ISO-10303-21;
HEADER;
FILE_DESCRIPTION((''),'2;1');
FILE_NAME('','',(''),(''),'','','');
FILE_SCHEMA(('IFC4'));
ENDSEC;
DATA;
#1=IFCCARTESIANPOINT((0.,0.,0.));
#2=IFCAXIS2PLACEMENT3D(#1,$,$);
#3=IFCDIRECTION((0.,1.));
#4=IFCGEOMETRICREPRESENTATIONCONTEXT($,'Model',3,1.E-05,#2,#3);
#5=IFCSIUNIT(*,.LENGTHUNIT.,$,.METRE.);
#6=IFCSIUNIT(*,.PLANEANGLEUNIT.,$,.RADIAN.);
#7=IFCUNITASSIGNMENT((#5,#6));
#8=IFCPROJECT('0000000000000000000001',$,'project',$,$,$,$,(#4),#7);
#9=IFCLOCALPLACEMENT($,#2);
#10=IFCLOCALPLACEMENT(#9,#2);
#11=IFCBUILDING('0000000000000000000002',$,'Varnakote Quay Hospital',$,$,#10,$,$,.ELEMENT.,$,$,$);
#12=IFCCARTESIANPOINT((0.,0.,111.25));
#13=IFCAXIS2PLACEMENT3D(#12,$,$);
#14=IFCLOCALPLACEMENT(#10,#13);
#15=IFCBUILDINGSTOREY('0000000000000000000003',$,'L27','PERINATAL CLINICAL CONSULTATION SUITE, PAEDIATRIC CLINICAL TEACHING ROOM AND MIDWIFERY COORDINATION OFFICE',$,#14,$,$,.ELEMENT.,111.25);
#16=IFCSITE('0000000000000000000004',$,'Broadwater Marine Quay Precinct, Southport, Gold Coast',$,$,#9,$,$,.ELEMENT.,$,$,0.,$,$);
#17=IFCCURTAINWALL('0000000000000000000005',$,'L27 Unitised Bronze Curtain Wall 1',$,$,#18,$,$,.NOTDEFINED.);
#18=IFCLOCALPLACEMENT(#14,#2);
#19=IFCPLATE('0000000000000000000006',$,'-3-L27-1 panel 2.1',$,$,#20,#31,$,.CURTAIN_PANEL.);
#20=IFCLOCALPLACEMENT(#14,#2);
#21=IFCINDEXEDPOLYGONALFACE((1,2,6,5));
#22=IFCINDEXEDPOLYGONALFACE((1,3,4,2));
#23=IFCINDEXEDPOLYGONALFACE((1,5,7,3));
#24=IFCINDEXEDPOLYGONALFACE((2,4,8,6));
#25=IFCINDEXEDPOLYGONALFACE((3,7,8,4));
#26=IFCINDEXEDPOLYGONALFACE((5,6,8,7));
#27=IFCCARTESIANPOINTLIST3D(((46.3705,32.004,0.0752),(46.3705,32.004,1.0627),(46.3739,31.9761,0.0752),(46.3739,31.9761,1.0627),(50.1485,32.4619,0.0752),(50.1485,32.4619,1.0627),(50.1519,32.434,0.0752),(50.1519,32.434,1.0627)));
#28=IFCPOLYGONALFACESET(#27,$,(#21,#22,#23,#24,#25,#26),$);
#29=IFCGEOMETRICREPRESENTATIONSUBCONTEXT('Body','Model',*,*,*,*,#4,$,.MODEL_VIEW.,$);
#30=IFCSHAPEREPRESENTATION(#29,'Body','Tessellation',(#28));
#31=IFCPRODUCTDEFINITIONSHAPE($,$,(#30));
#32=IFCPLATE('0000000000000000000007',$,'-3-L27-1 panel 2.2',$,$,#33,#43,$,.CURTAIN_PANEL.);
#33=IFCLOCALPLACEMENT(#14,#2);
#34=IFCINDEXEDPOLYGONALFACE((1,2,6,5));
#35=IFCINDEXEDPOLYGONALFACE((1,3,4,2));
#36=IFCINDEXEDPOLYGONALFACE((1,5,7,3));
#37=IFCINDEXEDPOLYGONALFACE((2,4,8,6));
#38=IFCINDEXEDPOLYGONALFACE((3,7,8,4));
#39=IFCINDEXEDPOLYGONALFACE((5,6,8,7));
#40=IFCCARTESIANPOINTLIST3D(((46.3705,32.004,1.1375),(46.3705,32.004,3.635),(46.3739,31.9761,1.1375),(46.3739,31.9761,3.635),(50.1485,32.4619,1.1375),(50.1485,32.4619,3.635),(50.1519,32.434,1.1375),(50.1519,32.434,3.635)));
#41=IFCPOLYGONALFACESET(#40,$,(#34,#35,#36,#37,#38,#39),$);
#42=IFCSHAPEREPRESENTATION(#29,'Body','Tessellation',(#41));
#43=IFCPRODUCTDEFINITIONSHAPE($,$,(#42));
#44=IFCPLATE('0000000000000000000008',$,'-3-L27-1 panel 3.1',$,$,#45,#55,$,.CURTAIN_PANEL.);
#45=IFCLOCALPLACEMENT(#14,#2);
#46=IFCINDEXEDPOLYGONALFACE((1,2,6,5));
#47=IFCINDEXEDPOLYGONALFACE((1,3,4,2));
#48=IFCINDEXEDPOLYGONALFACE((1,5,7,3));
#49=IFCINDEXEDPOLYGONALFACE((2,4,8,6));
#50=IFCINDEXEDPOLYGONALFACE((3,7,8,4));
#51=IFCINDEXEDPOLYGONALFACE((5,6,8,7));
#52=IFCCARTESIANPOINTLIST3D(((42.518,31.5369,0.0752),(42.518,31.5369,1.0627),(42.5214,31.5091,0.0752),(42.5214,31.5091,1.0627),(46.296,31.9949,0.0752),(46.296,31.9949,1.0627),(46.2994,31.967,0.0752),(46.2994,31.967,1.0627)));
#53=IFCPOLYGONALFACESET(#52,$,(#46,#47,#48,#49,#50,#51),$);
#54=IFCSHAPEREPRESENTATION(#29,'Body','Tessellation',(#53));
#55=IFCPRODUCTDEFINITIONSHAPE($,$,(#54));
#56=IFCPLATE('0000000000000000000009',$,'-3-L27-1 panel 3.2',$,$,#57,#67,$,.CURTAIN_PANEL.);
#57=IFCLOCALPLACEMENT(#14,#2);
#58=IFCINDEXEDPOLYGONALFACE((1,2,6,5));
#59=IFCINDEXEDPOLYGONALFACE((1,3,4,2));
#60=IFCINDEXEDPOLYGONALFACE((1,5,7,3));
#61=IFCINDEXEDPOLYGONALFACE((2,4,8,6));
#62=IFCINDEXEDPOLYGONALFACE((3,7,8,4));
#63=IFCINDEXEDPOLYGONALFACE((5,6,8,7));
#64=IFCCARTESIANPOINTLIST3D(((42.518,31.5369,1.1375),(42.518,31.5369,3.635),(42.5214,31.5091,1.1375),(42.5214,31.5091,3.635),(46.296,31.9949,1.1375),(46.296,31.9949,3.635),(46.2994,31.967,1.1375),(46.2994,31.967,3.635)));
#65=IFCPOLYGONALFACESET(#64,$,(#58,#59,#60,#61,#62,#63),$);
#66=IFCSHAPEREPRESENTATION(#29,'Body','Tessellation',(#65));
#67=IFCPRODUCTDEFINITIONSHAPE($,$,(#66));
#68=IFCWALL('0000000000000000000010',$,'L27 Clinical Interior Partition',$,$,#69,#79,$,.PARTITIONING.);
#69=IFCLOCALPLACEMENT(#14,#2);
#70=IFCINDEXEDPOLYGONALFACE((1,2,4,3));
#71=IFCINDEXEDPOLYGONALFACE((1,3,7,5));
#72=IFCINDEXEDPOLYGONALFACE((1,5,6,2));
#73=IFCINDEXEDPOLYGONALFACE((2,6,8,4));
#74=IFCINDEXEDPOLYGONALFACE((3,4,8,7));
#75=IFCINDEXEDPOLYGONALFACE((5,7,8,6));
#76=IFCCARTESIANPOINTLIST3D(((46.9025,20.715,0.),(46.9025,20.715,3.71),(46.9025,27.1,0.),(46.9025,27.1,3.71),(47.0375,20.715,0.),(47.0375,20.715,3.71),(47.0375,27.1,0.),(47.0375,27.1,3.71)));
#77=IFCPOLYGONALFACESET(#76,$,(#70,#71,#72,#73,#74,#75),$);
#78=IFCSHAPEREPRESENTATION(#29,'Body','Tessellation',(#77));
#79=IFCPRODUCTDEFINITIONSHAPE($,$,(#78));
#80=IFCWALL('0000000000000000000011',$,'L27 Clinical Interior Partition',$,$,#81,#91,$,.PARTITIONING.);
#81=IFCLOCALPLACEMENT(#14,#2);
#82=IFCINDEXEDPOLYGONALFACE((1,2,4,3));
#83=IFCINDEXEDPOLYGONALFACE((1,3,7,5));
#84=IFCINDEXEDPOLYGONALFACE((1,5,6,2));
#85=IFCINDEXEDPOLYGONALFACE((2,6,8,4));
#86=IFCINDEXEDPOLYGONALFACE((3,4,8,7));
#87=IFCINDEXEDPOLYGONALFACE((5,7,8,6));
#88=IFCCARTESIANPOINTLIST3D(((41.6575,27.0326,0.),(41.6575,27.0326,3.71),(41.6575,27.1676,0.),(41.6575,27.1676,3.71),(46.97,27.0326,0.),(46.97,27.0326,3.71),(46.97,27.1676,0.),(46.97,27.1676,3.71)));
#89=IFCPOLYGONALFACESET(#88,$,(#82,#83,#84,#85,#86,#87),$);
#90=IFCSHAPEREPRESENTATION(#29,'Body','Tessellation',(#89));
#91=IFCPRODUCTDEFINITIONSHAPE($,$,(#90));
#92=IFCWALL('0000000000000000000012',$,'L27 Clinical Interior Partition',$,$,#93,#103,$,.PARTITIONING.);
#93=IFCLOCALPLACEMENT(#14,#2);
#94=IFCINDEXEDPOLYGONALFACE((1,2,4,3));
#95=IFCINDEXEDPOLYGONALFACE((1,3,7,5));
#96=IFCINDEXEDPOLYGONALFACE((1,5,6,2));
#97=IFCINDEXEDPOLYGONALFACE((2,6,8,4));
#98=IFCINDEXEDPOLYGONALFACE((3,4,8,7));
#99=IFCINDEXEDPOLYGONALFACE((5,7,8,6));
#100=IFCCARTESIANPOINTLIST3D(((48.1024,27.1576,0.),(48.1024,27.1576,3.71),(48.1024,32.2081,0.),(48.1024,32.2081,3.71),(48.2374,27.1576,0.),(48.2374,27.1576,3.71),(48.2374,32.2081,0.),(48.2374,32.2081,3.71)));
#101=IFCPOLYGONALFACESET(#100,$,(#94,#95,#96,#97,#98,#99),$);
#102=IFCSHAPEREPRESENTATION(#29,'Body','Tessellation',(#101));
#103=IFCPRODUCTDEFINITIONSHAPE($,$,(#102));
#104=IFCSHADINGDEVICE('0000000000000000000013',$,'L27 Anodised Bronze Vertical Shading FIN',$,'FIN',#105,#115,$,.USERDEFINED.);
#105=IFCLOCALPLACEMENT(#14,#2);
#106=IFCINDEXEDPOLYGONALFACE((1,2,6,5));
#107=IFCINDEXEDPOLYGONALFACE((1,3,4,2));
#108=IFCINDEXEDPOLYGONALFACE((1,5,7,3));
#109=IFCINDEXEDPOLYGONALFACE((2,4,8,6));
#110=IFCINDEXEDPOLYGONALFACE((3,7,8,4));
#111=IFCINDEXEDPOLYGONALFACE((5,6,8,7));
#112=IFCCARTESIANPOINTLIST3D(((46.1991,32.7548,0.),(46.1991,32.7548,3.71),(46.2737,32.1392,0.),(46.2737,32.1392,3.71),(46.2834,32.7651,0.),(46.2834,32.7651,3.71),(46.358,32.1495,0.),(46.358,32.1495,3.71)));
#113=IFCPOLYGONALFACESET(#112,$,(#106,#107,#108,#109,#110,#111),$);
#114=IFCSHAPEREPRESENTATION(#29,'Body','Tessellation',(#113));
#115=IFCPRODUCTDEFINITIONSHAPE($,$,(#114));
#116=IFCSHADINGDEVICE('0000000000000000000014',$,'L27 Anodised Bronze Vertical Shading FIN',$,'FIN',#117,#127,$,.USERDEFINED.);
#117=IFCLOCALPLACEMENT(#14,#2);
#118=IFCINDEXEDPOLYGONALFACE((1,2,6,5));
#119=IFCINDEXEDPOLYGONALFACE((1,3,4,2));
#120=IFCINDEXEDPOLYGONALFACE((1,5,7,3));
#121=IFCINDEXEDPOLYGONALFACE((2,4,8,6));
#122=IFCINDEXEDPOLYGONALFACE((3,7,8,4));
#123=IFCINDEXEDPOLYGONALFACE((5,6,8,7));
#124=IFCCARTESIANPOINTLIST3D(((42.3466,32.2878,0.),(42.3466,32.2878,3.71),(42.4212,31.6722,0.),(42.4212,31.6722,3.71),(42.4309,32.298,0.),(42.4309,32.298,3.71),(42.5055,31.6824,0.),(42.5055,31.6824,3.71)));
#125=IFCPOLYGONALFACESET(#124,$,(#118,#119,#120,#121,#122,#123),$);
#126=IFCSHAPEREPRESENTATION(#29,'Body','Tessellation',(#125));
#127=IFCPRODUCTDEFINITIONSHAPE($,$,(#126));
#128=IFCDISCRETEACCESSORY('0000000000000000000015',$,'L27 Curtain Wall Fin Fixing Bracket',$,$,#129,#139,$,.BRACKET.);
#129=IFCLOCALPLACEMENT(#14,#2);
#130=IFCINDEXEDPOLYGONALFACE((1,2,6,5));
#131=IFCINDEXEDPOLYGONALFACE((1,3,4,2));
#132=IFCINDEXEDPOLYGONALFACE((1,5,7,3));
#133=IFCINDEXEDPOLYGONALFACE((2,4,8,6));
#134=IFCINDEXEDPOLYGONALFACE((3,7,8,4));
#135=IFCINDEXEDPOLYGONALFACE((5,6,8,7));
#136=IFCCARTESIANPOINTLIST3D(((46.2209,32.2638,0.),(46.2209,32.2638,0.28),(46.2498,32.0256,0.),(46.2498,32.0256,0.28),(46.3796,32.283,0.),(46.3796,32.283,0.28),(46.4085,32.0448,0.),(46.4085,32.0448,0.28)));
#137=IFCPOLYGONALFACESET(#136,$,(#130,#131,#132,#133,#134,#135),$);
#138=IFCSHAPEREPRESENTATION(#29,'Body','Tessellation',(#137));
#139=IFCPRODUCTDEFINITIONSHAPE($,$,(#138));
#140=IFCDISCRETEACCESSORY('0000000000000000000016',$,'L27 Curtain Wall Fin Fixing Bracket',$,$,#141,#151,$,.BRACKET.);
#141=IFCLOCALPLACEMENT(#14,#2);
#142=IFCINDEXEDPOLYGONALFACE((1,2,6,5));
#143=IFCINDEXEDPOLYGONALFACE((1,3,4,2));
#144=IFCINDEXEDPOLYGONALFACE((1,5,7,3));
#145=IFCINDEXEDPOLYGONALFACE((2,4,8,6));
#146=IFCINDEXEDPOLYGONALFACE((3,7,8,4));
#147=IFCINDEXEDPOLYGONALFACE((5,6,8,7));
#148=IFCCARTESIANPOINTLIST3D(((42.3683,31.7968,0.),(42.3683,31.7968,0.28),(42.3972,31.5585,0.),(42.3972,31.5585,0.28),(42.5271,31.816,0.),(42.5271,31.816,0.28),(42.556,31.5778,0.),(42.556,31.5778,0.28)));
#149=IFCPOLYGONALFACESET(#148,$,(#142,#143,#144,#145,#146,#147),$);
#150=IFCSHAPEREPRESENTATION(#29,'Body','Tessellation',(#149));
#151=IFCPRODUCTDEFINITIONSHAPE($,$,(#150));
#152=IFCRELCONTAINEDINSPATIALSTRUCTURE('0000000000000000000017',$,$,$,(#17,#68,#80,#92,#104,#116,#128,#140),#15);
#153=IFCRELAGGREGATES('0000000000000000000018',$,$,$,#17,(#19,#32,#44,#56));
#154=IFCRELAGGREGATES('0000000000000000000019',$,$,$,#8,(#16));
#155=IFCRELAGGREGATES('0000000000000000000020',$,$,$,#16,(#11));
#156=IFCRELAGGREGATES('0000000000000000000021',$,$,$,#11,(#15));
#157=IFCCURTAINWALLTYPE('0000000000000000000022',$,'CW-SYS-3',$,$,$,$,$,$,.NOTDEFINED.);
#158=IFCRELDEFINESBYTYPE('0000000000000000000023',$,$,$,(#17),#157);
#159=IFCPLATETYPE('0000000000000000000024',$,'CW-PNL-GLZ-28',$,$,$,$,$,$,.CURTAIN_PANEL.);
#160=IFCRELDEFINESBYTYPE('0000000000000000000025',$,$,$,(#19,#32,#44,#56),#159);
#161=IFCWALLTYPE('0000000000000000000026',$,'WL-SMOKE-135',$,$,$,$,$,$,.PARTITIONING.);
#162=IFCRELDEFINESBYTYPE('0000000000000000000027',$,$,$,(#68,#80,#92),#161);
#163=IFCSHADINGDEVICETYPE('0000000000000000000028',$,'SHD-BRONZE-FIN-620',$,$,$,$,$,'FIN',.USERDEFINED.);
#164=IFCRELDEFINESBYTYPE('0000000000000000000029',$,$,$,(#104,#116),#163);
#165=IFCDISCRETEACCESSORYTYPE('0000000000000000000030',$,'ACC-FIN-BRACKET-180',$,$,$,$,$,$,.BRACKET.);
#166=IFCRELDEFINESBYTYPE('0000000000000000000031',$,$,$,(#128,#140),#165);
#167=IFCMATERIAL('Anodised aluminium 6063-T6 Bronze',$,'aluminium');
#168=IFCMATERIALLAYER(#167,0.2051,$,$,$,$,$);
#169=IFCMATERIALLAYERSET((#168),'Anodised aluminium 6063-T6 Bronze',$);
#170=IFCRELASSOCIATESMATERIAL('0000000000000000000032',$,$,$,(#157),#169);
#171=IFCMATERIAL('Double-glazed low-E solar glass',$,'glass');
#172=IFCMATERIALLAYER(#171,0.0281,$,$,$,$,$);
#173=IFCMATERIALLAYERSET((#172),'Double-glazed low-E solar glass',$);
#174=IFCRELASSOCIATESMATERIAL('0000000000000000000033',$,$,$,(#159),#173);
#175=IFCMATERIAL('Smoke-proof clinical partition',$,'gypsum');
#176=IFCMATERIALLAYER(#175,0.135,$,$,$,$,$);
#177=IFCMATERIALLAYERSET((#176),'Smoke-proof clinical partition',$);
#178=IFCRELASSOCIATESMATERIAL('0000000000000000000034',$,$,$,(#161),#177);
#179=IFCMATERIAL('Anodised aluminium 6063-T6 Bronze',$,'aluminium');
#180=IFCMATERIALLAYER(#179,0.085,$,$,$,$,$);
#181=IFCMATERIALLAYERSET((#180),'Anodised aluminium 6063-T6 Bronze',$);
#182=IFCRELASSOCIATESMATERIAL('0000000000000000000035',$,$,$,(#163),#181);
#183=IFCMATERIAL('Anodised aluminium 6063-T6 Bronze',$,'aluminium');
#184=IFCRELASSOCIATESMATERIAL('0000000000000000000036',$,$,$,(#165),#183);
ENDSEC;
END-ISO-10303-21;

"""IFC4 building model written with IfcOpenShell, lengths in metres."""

from ifc_helpers import new_model, si_unit, direction, frame, frame_2d, origin, origin_2d, place, context, subcontext, project, spatial, rectangle, extrude, material, layer, layer_set, type_object, element, aggregate, save


model = new_model("IFC4")

# Units and contexts
model_context = context("Model", 3, precision=1e-05, world=origin(), true_north=direction((0.0, 1.0)))
body_context = subcontext(model_context, "Body", "Model", "MODEL_VIEW")
ifc_project = project(units=[si_unit("LENGTHUNIT", "METRE"), si_unit("PLANEANGLEUNIT", "RADIAN")], contexts=[model_context])

# Site, building, storey
site_placement = place(None, origin())
site = spatial("IfcSite", under=ifc_project, at=site_placement, Name="Broadwater Marine Quay Precinct, Southport, Gold Coast", CompositionType="ELEMENT", RefElevation=0.0)
building_placement = place(site_placement, origin())
building = spatial("IfcBuilding", under=site, at=building_placement, Name="Varnakote Quay Hospital", CompositionType="ELEMENT")
storey_placement = place(building_placement, frame((0.0, 0.0, 111.25)))
storey = spatial("IfcBuildingStorey", under=building, at=storey_placement, Name="L27", Description="PERINATAL CLINICAL CONSULTATION SUITE, PAEDIATRIC CLINICAL TEACHING ROOM AND MIDWIFERY COORDINATION OFFICE", CompositionType="ELEMENT", Elevation=111.25)

# Curtain wall
ifc_material_1 = material(Name="Anodised aluminium 6063-T6 Bronze", Category="aluminium")
ifc_layer_1 = layer(ifc_material_1, 0.2051)
ifc_layer_set_1 = layer_set([ifc_layer_1], Name="Anodised aluminium 6063-T6 Bronze")
curtain_wall_type = type_object("IfcCurtainWallType", Name="CW-SYS-3", PredefinedType="NOTDEFINED", material=ifc_layer_set_1)
curtain_wall_placement = place(storey_placement, origin())
curtain_wall = element("IfcCurtainWall", 1, at=curtain_wall_placement, inside=storey, type_object=curtain_wall_type, Name="L27 Unitised Bronze Curtain Wall 1", PredefinedType="NOTDEFINED")

# Plates
ifc_material_2 = material(Name="Double-glazed low-E solar glass", Category="glass")
ifc_layer_2 = layer(ifc_material_2, 0.0281)
ifc_layer_set_2 = layer_set([ifc_layer_2], Name="Double-glazed low-E solar glass")
plate_type = type_object("IfcPlateType", Name="CW-PNL-GLZ-28", PredefinedType="CURTAIN_PANEL", material=ifc_layer_set_2)
plate_1_placement = place(storey_placement, frame((48.2612, 32.219, 0.0752), z_axis=(0.0, 0.0, 1.0), x_axis=(-0.992734, -0.120327, 0.0)))
plate_1 = element("IfcPlate", 2, at=plate_1_placement, type_object=plate_type, Name="-3-L27-1 panel 2.1", PredefinedType="CURTAIN_PANEL", context=body_context, shape_type="SweptSolid", body=[
    extrude(rectangle(XDim=3.8057, YDim=0.0281, at=origin_2d()), origin(), (0.0, 0.0, 1.0), 0.9875),
])
plate_2_placement = place(storey_placement, frame((48.2612, 32.219, 1.1375), z_axis=(0.0, 0.0, 1.0), x_axis=(-0.992734, -0.120327, 0.0)))
plate_2 = element("IfcPlate", 3, at=plate_2_placement, type_object=plate_type, Name="-3-L27-1 panel 2.2", PredefinedType="CURTAIN_PANEL", context=body_context, shape_type="SweptSolid", body=[
    extrude(rectangle(XDim=3.8057, YDim=0.0281, at=origin_2d()), origin(), (0.0, 0.0, 1.0), 2.4976),
])
plate_3_placement = place(storey_placement, frame((44.4087, 31.752, 0.0752), z_axis=(0.0, 0.0, 1.0), x_axis=(-0.992734, -0.120327, 0.0)))
plate_3 = element("IfcPlate", 4, at=plate_3_placement, type_object=plate_type, Name="-3-L27-1 panel 3.1", PredefinedType="CURTAIN_PANEL", context=body_context, shape_type="SweptSolid", body=[
    extrude(rectangle(XDim=3.8057, YDim=0.0281, at=origin_2d()), origin(), (0.0, 0.0, 1.0), 0.9875),
])
plate_4_placement = place(storey_placement, frame((44.4087, 31.752, 1.1375), z_axis=(0.0, 0.0, 1.0), x_axis=(-0.992734, -0.120327, 0.0)))
plate_4 = element("IfcPlate", 5, at=plate_4_placement, type_object=plate_type, Name="-3-L27-1 panel 3.2", PredefinedType="CURTAIN_PANEL", context=body_context, shape_type="SweptSolid", body=[
    extrude(rectangle(XDim=3.8057, YDim=0.0281, at=origin_2d()), origin(), (0.0, 0.0, 1.0), 2.4976),
])
aggregate(curtain_wall, [plate_1, plate_2, plate_3, plate_4])

# Walls
ifc_material_3 = material(Name="Smoke-proof clinical partition", Category="gypsum")
ifc_layer_3 = layer(ifc_material_3, 0.135)
ifc_layer_set_3 = layer_set([ifc_layer_3], Name="Smoke-proof clinical partition")
wall_type = type_object("IfcWallType", Name="WL-SMOKE-135", PredefinedType="PARTITIONING", material=ifc_layer_set_3)
wall_1_placement = place(storey_placement, frame((46.97, 20.7151, 0.0), z_axis=(0.0, 0.0, 1.0), x_axis=(0.0, 1.0, 0.0)))
element("IfcWall", 6, at=wall_1_placement, inside=storey, type_object=wall_type, Name="L27 Clinical Interior Partition", PredefinedType="PARTITIONING", context=body_context, shape_type="SweptSolid", body=[
    extrude(rectangle(XDim=6.385, YDim=0.135, at=frame_2d((3.1924, 0.0))), origin(), (0.0, 0.0, 1.0), 3.71),
])
wall_2_placement = place(storey_placement, frame((46.97, 27.1001, 0.0), z_axis=(0.0, 0.0, 1.0), x_axis=(-1.0, 0.0, 0.0)))
element("IfcWall", 7, at=wall_2_placement, inside=storey, type_object=wall_type, Name="L27 Clinical Interior Partition", PredefinedType="PARTITIONING", context=body_context, shape_type="SweptSolid", body=[
    extrude(rectangle(XDim=5.3125, YDim=0.135, at=frame_2d((2.6562, 0.0))), origin(), (0.0, 0.0, 1.0), 3.71),
])
wall_3_placement = place(storey_placement, frame((48.1699, 27.1575, 0.0), z_axis=(0.0, 0.0, 1.0), x_axis=(0.0, 1.0, 0.0)))
element("IfcWall", 8, at=wall_3_placement, inside=storey, type_object=wall_type, Name="L27 Clinical Interior Partition", PredefinedType="PARTITIONING", context=body_context, shape_type="SweptSolid", body=[
    extrude(rectangle(XDim=5.0505, YDim=0.135, at=frame_2d((2.5254, 0.0))), origin(), (0.0, 0.0, 1.0), 3.71),
])

# Shading devices
ifc_material_4 = material(Name="Anodised aluminium 6063-T6 Bronze", Category="aluminium")
ifc_layer_4 = layer(ifc_material_4, 0.085)
ifc_layer_set_4 = layer_set([ifc_layer_4], Name="Anodised aluminium 6063-T6 Bronze")
shading_device_type = type_object("IfcShadingDeviceType", Name="SHD-BRONZE-FIN-620", ElementType="FIN", PredefinedType="USERDEFINED", material=ifc_layer_set_4)
for number, where, z_axis, x_axis, name in (
    (9, (46.2786, 32.4521, 0.0), (0.0, 0.0, 1.0), (0.12031, -0.992736, 0.0), "L27 Anodised Bronze Vertical Shading FIN"),
    (10, (42.426, 31.9851, 0.0), (0.0, 0.0, 1.0), (0.12031, -0.992736, 0.0), "L27 Anodised Bronze Vertical Shading FIN"),
):
    element("IfcShadingDevice", number, at=place(storey_placement, frame(where, z_axis=z_axis, x_axis=x_axis)), inside=storey, type_object=shading_device_type, Name=name, ObjectType="FIN", PredefinedType="USERDEFINED", context=body_context, shape_type="SweptSolid", body=[
        extrude(rectangle(XDim=0.6201, YDim=0.085, at=origin_2d()), origin(), (0.0, 0.0, 1.0), 3.71),
    ])

# Discrete accessories
ifc_material_5 = material(Name="Anodised aluminium 6063-T6 Bronze", Category="aluminium")
discrete_accessory_type = type_object("IfcDiscreteAccessoryType", Name="ACC-FIN-BRACKET-180", PredefinedType="BRACKET", material=ifc_material_5)
for number, where, z_axis, x_axis, name in (
    (11, (46.3147, 32.1543, 0.0), (0.0, 0.0, 1.0), (-0.992736, -0.12031, 0.0), "L27 Curtain Wall Fin Fixing Bracket"),
    (12, (42.4622, 31.6873, 0.0), (0.0, 0.0, 1.0), (-0.992736, -0.12031, 0.0), "L27 Curtain Wall Fin Fixing Bracket"),
):
    element("IfcDiscreteAccessory", number, at=place(storey_placement, frame(where, z_axis=z_axis, x_axis=x_axis)), inside=storey, type_object=discrete_accessory_type, Name=name, PredefinedType="BRACKET", context=body_context, shape_type="SweptSolid", body=[
        extrude(rectangle(XDim=0.1599, YDim=0.24, at=origin_2d()), origin(), (0.0, 0.0, 1.0), 0.28),
    ])

save(model, "model.ifc")
